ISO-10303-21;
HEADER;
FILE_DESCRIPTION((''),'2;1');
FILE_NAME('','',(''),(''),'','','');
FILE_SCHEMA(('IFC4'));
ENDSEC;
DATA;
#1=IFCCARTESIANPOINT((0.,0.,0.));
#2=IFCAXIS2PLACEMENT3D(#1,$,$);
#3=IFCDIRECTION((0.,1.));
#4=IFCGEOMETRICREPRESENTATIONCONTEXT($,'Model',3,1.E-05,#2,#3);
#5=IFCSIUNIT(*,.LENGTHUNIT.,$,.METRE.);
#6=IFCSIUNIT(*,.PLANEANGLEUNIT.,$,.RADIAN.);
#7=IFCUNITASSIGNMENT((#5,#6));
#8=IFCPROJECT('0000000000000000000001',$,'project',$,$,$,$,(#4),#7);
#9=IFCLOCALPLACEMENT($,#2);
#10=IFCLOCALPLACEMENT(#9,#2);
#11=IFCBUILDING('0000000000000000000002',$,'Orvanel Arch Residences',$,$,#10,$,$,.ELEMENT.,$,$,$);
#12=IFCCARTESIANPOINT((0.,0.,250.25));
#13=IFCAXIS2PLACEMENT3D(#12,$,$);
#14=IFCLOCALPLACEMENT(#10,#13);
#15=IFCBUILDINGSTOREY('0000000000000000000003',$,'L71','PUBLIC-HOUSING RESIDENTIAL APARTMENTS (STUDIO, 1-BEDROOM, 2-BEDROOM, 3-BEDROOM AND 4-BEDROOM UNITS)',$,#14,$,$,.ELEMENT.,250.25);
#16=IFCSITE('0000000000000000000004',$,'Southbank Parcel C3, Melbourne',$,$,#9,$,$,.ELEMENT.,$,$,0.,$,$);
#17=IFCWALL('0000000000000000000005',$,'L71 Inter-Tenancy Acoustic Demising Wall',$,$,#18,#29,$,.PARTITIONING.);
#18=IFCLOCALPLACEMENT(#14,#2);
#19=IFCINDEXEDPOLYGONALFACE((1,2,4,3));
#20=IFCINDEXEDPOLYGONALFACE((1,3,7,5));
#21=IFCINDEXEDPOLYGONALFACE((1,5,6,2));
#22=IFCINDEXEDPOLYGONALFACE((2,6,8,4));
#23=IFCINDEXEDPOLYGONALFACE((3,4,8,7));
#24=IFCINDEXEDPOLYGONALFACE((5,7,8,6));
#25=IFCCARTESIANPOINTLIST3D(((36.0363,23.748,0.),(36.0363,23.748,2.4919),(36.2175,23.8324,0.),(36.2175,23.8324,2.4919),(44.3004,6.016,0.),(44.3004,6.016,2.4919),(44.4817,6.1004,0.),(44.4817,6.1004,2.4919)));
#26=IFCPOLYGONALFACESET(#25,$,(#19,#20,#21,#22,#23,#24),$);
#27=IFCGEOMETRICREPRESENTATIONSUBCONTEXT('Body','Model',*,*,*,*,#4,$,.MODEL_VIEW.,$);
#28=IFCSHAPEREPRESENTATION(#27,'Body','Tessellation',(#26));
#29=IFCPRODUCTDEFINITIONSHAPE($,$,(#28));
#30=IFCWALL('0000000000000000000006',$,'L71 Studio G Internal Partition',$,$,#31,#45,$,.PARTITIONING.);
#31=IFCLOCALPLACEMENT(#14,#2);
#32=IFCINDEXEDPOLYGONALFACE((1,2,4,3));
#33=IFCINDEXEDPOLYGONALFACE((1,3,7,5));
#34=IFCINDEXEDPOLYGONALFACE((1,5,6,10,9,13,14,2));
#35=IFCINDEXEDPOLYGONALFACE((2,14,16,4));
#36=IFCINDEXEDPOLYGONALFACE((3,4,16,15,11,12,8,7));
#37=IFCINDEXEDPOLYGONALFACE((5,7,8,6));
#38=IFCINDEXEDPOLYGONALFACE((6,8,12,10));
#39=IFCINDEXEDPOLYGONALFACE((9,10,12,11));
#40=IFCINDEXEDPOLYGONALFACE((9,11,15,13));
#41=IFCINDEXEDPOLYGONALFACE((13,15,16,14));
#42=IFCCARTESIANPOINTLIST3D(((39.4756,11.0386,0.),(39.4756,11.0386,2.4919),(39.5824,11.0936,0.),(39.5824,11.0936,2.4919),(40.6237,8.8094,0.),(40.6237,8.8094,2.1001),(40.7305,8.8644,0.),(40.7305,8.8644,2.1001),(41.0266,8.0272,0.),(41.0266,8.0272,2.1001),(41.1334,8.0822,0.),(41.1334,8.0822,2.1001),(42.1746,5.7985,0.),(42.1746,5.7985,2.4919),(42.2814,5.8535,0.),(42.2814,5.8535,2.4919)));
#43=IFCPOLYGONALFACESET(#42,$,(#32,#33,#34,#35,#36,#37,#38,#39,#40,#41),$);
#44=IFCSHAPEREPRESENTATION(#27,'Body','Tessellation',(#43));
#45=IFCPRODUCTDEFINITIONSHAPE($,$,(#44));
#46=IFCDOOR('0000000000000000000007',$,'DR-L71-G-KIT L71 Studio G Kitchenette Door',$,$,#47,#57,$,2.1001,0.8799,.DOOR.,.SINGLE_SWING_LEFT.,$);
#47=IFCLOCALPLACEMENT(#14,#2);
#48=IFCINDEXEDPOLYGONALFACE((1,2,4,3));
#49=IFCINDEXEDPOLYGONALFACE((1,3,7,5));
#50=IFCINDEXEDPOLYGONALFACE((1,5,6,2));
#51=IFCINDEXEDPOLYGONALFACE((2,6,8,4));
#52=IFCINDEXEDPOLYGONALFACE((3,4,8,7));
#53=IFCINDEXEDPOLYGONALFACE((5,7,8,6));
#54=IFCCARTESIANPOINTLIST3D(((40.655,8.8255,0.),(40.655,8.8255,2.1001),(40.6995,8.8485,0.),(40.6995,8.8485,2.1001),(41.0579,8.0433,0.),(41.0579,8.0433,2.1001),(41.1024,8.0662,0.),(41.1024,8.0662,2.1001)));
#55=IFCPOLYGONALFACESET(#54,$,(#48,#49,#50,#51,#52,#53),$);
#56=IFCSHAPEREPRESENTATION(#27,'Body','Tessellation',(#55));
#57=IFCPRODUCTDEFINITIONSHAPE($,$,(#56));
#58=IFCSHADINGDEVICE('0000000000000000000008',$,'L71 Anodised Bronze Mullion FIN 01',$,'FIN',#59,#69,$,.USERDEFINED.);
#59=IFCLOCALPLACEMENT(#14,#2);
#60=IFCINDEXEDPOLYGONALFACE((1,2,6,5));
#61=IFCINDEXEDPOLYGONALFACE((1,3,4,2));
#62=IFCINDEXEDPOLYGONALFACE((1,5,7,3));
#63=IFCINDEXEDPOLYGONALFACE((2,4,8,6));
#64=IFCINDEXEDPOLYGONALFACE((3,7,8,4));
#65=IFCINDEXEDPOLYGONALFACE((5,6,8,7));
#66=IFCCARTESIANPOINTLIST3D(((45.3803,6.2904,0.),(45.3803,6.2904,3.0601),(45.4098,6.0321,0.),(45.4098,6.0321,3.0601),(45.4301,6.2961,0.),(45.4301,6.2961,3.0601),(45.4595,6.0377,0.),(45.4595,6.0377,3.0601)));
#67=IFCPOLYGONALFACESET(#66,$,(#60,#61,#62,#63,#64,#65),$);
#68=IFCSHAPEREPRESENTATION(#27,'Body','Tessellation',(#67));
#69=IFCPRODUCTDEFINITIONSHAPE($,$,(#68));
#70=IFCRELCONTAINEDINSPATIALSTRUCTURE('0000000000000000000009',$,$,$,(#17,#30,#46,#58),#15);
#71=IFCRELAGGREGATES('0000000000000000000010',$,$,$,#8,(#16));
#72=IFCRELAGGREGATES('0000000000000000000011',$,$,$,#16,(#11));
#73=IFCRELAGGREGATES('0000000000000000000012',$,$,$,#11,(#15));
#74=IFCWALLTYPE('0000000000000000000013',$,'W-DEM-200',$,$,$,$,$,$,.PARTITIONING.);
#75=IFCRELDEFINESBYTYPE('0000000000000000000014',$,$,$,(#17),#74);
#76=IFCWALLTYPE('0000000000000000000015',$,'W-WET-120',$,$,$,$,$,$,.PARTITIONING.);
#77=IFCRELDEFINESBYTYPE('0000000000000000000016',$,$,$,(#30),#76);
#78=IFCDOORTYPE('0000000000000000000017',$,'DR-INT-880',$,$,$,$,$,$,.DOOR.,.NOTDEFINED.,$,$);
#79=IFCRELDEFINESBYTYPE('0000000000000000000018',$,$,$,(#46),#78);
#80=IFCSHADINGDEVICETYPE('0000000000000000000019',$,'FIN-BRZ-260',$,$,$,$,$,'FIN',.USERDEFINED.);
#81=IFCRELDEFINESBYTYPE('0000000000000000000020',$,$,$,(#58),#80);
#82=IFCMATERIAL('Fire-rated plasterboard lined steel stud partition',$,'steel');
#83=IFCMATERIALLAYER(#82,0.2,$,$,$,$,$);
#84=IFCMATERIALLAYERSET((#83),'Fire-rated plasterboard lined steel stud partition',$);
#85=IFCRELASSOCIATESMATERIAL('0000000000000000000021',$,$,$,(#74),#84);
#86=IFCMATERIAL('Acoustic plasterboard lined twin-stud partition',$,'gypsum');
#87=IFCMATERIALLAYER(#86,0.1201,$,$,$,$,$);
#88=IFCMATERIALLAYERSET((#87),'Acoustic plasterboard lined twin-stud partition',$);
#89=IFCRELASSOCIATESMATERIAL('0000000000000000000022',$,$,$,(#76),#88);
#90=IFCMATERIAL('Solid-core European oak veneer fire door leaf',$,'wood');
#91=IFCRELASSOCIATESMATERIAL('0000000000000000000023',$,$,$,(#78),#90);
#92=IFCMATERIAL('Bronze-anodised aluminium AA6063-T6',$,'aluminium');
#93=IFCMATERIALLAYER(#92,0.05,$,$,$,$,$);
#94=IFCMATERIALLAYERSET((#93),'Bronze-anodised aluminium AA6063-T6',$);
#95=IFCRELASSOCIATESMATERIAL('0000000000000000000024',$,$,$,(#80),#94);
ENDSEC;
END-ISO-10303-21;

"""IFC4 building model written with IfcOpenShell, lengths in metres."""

from ifc_helpers import new_model, si_unit, direction, frame, frame_2d, origin, origin_2d, place, context, subcontext, project, spatial, rectangle, extrude, material, layer, layer_set, type_object, element, fill, save


model = new_model("IFC4")

# Units and contexts
model_context = context("Model", 3, precision=1e-05, world=origin(), true_north=direction((0.0, 1.0)))
body_context = subcontext(model_context, "Body", "Model", "MODEL_VIEW")
ifc_project = project(units=[si_unit("LENGTHUNIT", "METRE"), si_unit("PLANEANGLEUNIT", "RADIAN")], contexts=[model_context])

# Site, building, storey
site_placement = place(None, origin())
site = spatial("IfcSite", under=ifc_project, at=site_placement, Name="Southbank Parcel C3, Melbourne", CompositionType="ELEMENT", RefElevation=0.0)
building_placement = place(site_placement, origin())
building = spatial("IfcBuilding", under=site, at=building_placement, Name="Orvanel Arch Residences", CompositionType="ELEMENT")
storey_placement = place(building_placement, frame((0.0, 0.0, 250.25)))
storey = spatial("IfcBuildingStorey", under=building, at=storey_placement, Name="L71", Description="PUBLIC-HOUSING RESIDENTIAL APARTMENTS (STUDIO, 1-BEDROOM, 2-BEDROOM, 3-BEDROOM AND 4-BEDROOM UNITS)", CompositionType="ELEMENT", Elevation=250.25)

# Shared definitions
ifc_material_1 = material(Name="Bronze-anodised aluminium AA6063-T6", Category="aluminium")

# Wall
ifc_material_2 = material(Name="Fire-rated plasterboard lined steel stud partition", Category="steel")
ifc_layer_1 = layer(ifc_material_2, 0.2)
ifc_layer_set_1 = layer_set([ifc_layer_1], Name="Fire-rated plasterboard lined steel stud partition")
wall_type_1 = type_object("IfcWallType", Name="W-DEM-200", PredefinedType="PARTITIONING", material=ifc_layer_set_1)
wall_1_placement = place(storey_placement, frame((44.3911, 6.0581, 0.0), z_axis=(0.0, 0.0, 1.0), x_axis=(-0.422435, 0.906393, 0.0)))
element("IfcWall", 1, at=wall_1_placement, inside=storey, type_object=wall_type_1, Name="L71 Inter-Tenancy Acoustic Demising Wall", PredefinedType="PARTITIONING", context=body_context, shape_type="SweptSolid", body=[
    extrude(rectangle(XDim=19.5632, YDim=0.2, at=frame_2d((9.7817, 0.0))), origin(), (0.0, 0.0, 1.0), 2.4919),
])

# Wall, opening, door
ifc_material_3 = material(Name="Acoustic plasterboard lined twin-stud partition", Category="gypsum")
ifc_layer_2 = layer(ifc_material_3, 0.1201)
ifc_layer_set_2 = layer_set([ifc_layer_2], Name="Acoustic plasterboard lined twin-stud partition")
wall_type_2 = type_object("IfcWallType", Name="W-WET-120", PredefinedType="PARTITIONING", material=ifc_layer_set_2)
wall_2_placement = place(storey_placement, frame((42.228, 5.8259, 0.0), z_axis=(0.0, 0.0, 1.0), x_axis=(-0.457901, 0.889003, 0.0)))
wall_2 = element("IfcWall", 2, at=wall_2_placement, inside=storey, type_object=wall_type_2, Name="L71 Studio G Internal Partition", PredefinedType="PARTITIONING", context=body_context, shape_type="SweptSolid", body=[
    extrude(rectangle(XDim=5.8943, YDim=0.1201, at=frame_2d((2.9473, 0.0))), origin(), (0.0, 0.0, 1.0), 2.4919),
])
opening_placement = place(wall_2_placement, frame((2.5071, 0.0, 0.0)))
opening = element("IfcOpeningElement", 3, at=opening_placement, cuts=wall_2, PredefinedType="OPENING", context=body_context, shape_type="SweptSolid", body=[
    extrude(rectangle(XDim=0.8799, YDim=2.1001, at=frame_2d((0.4399, 1.05))), frame((0.0, 0.0701, 0.0), z_axis=(0.0, -1.0, 0.0), x_axis=(1.0, 0.0, 0.0)), (0.0, 0.0, 1.0), 0.1401),
])
ifc_material_4 = material(Name="Solid-core European oak veneer fire door leaf", Category="wood")
door_type = type_object("IfcDoorType", Name="DR-INT-880", OperationType="NOTDEFINED", PredefinedType="DOOR", material=ifc_material_4)
door_placement = place(opening_placement, origin())
door = element("IfcDoor", 4, at=door_placement, inside=storey, type_object=door_type, Name="DR-L71-G-KIT L71 Studio G Kitchenette Door", OperationType="SINGLE_SWING_LEFT", OverallHeight=2.1001, OverallWidth=0.8799, PredefinedType="DOOR", context=body_context, shape_type="SweptSolid", body=[
    extrude(rectangle(XDim=0.8799, YDim=2.1001, at=frame_2d((0.4399, 1.05))), frame((0.0, 0.0249, 0.0), z_axis=(0.0, -1.0, 0.0), x_axis=(1.0, 0.0, 0.0)), (0.0, 0.0, 1.0), 0.05),
])
fill(opening, door)

# Shading device
ifc_layer_3 = layer(ifc_material_1, 0.05)
ifc_layer_set_3 = layer_set([ifc_layer_3], Name="Bronze-anodised aluminium AA6063-T6")
shading_device_type = type_object("IfcShadingDeviceType", Name="FIN-BRZ-260", ElementType="FIN", PredefinedType="USERDEFINED", material=ifc_layer_set_3)
shading_device_placement = place(storey_placement, frame((45.4199, 6.1641, 0.0), z_axis=(0.0, 0.0, 1.0), x_axis=(0.113203, -0.993572, 0.0)))
element("IfcShadingDevice", 5, at=shading_device_placement, inside=storey, type_object=shading_device_type, Name="L71 Anodised Bronze Mullion FIN 01", ObjectType="FIN", PredefinedType="USERDEFINED", context=body_context, shape_type="SweptSolid", body=[
    extrude(rectangle(XDim=0.26, YDim=0.05, at=origin_2d()), origin(), (0.0, 0.0, 1.0), 3.0601),
])

save(model, "model.ifc")
